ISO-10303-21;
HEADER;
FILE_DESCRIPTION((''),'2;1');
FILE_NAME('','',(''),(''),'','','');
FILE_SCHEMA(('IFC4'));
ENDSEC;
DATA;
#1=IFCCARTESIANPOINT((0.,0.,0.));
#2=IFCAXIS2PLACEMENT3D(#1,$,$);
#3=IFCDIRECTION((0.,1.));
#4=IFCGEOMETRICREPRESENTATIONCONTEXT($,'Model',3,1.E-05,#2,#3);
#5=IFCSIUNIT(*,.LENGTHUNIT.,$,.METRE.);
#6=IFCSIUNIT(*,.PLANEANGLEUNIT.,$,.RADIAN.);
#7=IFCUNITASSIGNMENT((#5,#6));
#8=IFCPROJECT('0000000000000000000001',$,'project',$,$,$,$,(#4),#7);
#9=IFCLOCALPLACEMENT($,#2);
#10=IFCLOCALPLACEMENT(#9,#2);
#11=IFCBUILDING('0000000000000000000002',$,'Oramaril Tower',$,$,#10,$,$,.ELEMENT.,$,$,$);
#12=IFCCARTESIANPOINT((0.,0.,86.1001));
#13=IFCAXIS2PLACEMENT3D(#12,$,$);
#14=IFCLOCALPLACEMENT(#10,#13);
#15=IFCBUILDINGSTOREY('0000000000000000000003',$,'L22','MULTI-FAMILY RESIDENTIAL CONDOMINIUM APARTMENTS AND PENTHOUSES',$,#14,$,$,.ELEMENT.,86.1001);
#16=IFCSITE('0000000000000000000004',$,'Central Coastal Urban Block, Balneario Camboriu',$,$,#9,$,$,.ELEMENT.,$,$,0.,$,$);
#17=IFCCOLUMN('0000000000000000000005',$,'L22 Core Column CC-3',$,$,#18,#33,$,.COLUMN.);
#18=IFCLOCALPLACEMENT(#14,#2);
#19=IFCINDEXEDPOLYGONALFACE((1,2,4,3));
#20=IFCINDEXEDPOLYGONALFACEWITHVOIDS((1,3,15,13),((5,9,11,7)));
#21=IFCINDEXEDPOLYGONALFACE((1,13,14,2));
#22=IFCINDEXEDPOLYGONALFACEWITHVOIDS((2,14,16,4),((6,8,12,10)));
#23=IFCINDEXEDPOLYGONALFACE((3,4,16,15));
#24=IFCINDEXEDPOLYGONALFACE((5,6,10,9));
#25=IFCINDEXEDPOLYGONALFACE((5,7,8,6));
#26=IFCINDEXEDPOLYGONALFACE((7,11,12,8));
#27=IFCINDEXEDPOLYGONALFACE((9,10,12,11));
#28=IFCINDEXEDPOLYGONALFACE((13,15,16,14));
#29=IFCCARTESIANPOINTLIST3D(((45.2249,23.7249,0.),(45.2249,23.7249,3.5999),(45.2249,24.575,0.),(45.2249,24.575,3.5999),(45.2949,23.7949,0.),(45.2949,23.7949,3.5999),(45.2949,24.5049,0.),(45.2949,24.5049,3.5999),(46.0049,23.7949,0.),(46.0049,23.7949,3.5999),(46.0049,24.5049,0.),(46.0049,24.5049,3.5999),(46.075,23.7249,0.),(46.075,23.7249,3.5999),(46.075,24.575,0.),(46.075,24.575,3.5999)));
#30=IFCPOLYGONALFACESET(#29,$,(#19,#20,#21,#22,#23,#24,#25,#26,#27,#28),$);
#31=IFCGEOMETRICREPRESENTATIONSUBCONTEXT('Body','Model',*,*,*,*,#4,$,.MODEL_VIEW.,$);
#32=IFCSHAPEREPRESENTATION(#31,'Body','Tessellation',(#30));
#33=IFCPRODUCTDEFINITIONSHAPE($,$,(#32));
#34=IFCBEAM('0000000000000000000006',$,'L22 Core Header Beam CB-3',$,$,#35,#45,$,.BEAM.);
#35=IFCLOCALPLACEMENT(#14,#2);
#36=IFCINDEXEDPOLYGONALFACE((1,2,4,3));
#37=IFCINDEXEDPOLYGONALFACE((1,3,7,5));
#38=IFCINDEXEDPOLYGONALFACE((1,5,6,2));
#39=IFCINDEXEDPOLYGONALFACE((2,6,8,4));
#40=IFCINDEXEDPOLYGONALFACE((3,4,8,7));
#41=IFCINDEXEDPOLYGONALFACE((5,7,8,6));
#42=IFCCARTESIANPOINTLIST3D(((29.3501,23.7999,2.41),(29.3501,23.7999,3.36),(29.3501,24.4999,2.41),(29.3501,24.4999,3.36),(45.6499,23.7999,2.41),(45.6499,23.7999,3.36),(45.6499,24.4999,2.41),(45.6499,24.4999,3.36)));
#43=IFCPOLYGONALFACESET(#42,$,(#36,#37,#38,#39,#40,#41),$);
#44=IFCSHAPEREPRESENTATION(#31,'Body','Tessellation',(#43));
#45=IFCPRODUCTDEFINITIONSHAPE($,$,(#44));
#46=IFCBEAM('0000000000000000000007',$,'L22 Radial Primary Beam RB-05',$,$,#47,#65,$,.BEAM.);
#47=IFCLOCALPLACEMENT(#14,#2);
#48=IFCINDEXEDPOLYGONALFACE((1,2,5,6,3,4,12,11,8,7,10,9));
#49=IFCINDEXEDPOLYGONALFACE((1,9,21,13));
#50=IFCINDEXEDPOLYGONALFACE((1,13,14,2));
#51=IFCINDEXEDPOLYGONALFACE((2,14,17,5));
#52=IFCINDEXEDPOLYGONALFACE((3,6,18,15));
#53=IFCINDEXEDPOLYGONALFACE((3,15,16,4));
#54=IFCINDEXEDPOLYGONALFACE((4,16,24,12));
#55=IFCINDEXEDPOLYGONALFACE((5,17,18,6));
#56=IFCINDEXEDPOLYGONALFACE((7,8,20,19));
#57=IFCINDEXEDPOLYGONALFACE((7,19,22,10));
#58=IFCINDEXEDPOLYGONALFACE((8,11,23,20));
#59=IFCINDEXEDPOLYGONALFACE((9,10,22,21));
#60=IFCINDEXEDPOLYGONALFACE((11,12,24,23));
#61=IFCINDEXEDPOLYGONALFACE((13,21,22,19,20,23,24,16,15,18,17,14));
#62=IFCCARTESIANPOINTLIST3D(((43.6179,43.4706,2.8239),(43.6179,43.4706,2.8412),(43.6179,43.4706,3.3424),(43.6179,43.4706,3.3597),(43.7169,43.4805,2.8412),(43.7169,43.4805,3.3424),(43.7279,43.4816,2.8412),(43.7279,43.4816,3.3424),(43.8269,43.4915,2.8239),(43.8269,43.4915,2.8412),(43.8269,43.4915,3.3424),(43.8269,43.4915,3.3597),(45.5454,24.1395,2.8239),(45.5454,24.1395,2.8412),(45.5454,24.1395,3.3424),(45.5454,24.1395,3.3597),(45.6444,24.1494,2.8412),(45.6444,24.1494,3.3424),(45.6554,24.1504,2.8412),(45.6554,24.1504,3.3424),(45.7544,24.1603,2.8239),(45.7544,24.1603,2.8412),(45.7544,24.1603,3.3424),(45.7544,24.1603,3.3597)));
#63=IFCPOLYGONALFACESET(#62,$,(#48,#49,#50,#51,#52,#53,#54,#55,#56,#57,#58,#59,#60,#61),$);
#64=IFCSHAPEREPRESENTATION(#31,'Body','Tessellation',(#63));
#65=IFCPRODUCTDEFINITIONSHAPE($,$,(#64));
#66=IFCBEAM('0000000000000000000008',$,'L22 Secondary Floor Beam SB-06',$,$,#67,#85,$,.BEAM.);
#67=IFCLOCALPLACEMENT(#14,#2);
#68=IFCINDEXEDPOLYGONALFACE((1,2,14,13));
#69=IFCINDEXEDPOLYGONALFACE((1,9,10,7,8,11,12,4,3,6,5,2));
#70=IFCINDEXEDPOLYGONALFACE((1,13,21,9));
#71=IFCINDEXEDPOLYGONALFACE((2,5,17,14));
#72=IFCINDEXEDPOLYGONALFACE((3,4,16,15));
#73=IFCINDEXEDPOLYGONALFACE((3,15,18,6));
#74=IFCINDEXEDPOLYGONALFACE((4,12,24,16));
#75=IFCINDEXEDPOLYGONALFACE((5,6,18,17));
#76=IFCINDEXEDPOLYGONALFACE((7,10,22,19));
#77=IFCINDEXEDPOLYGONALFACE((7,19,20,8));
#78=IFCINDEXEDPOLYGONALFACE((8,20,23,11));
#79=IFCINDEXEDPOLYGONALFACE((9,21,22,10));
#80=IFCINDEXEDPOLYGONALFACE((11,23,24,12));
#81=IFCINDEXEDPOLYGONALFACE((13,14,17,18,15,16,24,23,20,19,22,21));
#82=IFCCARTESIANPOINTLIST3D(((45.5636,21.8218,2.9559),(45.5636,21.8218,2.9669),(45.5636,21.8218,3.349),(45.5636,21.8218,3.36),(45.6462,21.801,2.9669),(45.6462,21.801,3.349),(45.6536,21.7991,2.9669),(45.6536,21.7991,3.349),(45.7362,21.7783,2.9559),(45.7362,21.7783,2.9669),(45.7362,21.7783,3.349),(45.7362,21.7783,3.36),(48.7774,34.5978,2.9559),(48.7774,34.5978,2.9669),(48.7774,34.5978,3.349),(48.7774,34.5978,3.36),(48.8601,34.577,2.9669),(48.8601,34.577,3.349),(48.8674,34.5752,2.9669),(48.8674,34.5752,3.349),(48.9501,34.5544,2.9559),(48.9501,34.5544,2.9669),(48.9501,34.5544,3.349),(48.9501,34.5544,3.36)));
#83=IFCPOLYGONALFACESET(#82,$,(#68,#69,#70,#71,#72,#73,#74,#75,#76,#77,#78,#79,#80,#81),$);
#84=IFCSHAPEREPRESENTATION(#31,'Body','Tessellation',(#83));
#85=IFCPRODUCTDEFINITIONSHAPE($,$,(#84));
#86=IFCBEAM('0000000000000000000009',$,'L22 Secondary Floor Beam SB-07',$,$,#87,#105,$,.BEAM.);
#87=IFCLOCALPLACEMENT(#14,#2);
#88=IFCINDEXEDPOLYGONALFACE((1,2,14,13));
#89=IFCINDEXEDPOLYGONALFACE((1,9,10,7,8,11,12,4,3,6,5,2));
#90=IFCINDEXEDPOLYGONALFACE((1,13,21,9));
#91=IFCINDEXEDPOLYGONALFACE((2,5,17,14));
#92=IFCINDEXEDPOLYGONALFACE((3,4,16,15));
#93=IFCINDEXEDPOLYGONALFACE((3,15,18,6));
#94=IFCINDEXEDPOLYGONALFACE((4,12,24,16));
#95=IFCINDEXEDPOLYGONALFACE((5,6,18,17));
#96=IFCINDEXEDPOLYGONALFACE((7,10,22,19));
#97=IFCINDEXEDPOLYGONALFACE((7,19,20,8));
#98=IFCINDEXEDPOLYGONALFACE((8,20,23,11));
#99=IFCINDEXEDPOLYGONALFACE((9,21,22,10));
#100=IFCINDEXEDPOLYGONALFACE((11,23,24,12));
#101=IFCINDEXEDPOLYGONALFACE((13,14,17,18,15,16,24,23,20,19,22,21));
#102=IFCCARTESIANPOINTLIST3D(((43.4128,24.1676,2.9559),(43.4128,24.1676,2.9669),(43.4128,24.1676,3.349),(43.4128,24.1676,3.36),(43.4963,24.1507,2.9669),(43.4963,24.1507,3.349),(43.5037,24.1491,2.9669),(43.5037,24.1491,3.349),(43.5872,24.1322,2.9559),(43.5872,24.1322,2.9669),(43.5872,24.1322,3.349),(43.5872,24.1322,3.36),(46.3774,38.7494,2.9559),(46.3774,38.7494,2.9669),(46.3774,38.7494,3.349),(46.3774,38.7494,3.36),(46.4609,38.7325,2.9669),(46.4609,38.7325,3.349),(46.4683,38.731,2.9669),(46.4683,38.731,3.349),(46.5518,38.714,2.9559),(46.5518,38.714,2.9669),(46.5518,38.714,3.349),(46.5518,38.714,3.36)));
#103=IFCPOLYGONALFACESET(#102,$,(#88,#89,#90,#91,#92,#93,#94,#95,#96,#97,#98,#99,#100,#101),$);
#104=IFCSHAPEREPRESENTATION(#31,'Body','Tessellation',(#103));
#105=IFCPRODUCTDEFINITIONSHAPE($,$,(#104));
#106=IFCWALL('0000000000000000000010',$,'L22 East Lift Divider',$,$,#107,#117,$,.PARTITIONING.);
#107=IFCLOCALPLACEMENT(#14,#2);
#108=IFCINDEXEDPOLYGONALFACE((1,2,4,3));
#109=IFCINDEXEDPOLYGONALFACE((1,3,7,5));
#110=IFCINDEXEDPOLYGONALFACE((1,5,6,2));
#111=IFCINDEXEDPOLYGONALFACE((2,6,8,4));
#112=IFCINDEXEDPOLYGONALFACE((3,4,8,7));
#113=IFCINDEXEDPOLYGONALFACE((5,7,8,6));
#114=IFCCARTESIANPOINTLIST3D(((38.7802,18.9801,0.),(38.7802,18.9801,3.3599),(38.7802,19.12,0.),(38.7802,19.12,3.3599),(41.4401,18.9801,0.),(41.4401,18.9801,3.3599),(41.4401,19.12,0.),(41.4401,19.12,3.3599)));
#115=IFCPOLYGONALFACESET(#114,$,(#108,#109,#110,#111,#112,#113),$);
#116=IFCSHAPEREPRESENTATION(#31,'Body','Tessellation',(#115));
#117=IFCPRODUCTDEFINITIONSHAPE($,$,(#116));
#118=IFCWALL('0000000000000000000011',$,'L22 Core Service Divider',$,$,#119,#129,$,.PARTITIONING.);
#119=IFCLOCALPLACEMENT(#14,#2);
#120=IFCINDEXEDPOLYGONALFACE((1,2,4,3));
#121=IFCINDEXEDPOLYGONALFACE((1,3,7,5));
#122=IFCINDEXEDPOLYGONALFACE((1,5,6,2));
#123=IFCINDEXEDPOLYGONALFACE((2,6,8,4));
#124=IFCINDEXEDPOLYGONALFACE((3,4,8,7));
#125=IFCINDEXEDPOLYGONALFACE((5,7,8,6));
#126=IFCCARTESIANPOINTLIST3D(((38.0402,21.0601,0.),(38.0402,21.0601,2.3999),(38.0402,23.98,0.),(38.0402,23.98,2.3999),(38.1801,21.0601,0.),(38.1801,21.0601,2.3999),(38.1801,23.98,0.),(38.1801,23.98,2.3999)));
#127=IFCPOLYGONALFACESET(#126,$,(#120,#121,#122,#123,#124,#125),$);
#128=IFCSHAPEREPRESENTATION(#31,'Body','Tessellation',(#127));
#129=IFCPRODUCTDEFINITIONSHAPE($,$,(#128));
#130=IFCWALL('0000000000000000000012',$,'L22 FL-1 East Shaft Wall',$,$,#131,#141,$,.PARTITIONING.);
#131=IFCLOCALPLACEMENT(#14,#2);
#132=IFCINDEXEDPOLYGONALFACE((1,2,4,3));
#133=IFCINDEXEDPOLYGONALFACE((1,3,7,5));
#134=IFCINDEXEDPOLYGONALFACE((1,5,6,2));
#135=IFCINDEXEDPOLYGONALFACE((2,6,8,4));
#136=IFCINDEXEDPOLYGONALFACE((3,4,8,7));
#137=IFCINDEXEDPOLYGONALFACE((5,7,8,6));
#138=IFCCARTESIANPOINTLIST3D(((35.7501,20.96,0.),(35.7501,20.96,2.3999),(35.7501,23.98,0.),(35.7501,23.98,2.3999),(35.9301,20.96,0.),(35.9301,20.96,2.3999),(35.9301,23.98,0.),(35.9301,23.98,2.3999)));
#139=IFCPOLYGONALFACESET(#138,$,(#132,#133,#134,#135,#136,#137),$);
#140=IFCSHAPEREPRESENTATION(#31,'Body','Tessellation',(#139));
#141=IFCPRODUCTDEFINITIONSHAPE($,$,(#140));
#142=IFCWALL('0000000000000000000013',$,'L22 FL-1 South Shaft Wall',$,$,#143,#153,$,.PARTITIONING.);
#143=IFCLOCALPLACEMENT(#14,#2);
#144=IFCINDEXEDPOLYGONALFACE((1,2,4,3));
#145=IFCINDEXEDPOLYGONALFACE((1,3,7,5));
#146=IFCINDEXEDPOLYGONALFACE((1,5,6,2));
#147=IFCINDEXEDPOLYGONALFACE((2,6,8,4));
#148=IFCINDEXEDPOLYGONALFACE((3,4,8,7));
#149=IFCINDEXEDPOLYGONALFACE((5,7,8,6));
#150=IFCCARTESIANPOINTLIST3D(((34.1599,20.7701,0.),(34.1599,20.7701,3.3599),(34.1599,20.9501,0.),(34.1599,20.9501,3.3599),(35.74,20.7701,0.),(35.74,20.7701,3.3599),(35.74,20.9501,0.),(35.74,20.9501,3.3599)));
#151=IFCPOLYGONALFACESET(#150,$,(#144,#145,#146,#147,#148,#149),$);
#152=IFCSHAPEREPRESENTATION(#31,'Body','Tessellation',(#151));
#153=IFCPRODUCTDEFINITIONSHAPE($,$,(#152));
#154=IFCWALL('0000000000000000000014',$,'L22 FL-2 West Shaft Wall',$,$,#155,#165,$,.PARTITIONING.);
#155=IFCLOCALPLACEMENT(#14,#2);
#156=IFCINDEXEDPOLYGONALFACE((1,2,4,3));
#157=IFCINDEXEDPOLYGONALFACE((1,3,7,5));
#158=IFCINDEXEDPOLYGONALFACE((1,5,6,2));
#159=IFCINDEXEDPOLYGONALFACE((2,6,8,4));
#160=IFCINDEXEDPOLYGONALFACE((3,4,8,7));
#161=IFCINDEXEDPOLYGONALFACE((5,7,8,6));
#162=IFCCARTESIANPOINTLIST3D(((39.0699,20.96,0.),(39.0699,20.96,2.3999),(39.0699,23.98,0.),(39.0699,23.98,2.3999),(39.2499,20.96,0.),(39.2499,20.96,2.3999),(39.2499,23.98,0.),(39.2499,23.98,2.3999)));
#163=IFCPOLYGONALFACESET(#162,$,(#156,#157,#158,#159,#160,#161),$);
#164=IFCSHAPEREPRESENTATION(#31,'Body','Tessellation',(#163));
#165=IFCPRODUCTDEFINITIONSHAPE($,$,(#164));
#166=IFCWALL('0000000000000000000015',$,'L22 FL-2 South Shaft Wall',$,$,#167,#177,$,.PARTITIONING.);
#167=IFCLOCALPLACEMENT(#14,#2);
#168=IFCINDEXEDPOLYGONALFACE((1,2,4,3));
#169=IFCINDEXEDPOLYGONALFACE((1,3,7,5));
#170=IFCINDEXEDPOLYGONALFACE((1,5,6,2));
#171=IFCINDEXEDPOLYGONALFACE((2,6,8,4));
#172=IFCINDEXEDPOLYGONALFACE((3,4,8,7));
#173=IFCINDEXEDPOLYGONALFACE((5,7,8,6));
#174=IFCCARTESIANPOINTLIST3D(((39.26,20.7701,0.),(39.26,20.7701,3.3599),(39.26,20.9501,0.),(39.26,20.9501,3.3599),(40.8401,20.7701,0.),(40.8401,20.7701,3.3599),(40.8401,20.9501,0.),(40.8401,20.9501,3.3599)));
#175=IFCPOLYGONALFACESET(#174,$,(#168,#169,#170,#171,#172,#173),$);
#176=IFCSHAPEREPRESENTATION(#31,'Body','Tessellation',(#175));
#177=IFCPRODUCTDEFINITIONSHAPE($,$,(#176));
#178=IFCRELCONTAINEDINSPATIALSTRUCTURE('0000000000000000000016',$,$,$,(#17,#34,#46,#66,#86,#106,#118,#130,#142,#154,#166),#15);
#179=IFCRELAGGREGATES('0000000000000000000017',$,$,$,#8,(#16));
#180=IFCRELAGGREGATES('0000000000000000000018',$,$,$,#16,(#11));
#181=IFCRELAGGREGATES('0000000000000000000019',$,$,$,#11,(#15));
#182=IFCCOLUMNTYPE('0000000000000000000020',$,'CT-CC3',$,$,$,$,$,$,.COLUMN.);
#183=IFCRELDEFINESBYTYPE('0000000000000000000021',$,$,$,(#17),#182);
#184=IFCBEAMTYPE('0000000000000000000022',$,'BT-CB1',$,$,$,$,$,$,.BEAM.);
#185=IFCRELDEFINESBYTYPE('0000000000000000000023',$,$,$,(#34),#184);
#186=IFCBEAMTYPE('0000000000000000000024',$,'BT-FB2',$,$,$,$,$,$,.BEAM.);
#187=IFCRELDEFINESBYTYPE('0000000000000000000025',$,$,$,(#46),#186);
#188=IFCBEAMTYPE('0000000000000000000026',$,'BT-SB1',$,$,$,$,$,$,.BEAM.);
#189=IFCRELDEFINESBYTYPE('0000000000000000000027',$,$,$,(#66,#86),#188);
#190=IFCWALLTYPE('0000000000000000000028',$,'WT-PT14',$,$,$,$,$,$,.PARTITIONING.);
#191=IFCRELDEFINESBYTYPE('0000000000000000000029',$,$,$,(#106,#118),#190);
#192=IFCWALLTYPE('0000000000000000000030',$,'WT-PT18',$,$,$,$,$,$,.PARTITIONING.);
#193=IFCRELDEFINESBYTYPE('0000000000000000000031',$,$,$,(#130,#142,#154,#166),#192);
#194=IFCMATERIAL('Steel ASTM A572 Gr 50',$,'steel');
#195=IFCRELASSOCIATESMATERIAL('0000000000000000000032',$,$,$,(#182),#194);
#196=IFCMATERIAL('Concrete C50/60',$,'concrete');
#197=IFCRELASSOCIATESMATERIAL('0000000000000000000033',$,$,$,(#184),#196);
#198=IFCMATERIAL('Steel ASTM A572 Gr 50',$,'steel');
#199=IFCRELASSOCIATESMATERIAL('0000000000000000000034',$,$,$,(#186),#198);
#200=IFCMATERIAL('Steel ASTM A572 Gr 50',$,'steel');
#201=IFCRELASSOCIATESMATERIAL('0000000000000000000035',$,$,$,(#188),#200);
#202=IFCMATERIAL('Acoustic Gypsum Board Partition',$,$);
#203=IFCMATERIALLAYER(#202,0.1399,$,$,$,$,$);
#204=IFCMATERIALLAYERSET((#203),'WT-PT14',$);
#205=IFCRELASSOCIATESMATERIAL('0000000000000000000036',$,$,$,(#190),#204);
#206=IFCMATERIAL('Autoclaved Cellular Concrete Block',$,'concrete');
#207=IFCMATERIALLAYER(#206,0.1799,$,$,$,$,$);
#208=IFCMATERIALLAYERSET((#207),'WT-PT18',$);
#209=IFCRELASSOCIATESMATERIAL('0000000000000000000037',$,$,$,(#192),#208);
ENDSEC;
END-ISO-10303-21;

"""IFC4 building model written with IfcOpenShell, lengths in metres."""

from ifc_helpers import new_model, si_unit, direction, frame, frame_2d, origin, origin_2d, place, context, subcontext, project, spatial, rectangle, hollow_rectangle, i_section, extrude, material, layer, layer_set, material_profile, profile_set, type_object, element, save


model = new_model("IFC4")

# Units and contexts
model_context = context("Model", 3, precision=1e-05, world=origin(), true_north=direction((0.0, 1.0)))
body_context = subcontext(model_context, "Body", "Model", "MODEL_VIEW")
ifc_project = project(units=[si_unit("LENGTHUNIT", "METRE"), si_unit("PLANEANGLEUNIT", "RADIAN")], contexts=[model_context])

# Site, building, storey
site_placement = place(None, origin())
site = spatial("IfcSite", under=ifc_project, at=site_placement, Name="Central Coastal Urban Block, Balneario Camboriu", CompositionType="ELEMENT", RefElevation=0.0)
building_placement = place(site_placement, origin())
building = spatial("IfcBuilding", under=site, at=building_placement, Name="Oramaril Tower", CompositionType="ELEMENT")
storey_placement = place(building_placement, frame((0.0, 0.0, 86.1001)))
storey = spatial("IfcBuildingStorey", under=building, at=storey_placement, Name="L22", Description="MULTI-FAMILY RESIDENTIAL CONDOMINIUM APARTMENTS AND PENTHOUSES", CompositionType="ELEMENT", Elevation=86.1001)

# Column
ifc_material_1 = material(Name="Steel ASTM A572 Gr 50", Category="steel")
ifc_material_profile_1 = material_profile(ifc_material_1, hollow_rectangle(XDim=0.8501, YDim=0.8501, WallThickness=0.0701, at=origin_2d()), Name="BOX850X850X70")
ifc_profile_set_1 = profile_set([ifc_material_profile_1], Name="Steel ASTM A572 Gr 50")
column_type = type_object("IfcColumnType", Name="CT-CC3", PredefinedType="COLUMN", material=ifc_profile_set_1)
column_placement = place(storey_placement, frame((45.6499, 24.1499, 0.0), z_axis=(0.0, 0.0, 1.0), x_axis=(1.0, 0.0, 0.0)))
element("IfcColumn", 1, at=column_placement, inside=storey, type_object=column_type, Name="L22 Core Column CC-3", PredefinedType="COLUMN", context=body_context, shape_type="SweptSolid", body=[
    extrude(hollow_rectangle(XDim=0.8501, YDim=0.8501, WallThickness=0.0701, at=origin_2d()), origin(), (0.0, 0.0, 1.0), 3.5999),
])

# Beams
ifc_material_2 = material(Name="Concrete C50/60", Category="concrete")
ifc_material_profile_2 = material_profile(ifc_material_2, rectangle(XDim=0.7, YDim=0.95, at=origin_2d()), Name="CB700X950")
ifc_profile_set_2 = profile_set([ifc_material_profile_2], Name="Concrete C50/60")
beam_type_1 = type_object("IfcBeamType", Name="BT-CB1", PredefinedType="BEAM", material=ifc_profile_set_2)
beam_1_placement = place(storey_placement, frame((45.6499, 24.1499, 2.885), z_axis=(-1.0, 0.0, 0.0), x_axis=(0.0, -1.0, 0.0)))
element("IfcBeam", 2, at=beam_1_placement, inside=storey, type_object=beam_type_1, Name="L22 Core Header Beam CB-3", PredefinedType="BEAM", context=body_context, shape_type="SweptSolid", body=[
    extrude(rectangle(XDim=0.7, YDim=0.95, at=origin_2d()), origin(), (0.0, 0.0, 1.0), 16.2998),
])
ifc_material_3 = material(Name="Steel ASTM A572 Gr 50", Category="steel")
ifc_material_profile_3 = material_profile(ifc_material_3, i_section(OverallWidth=0.21, OverallDepth=0.5359, WebThickness=0.011, FlangeThickness=0.0173, at=origin_2d()), Name="W21X68")
ifc_profile_set_3 = profile_set([ifc_material_profile_3], Name="Steel ASTM A572 Gr 50")
beam_type_2 = type_object("IfcBeamType", Name="BT-FB2", PredefinedType="BEAM", material=ifc_profile_set_3)
beam_2_placement = place(storey_placement, frame((45.6499, 24.1499, 3.0918), z_axis=(-0.099218, 0.995066, 0.0), x_axis=(-0.995066, -0.099218, 0.0)))
element("IfcBeam", 3, at=beam_2_placement, inside=storey, type_object=beam_type_2, Name="L22 Radial Primary Beam RB-05", PredefinedType="BEAM", context=body_context, shape_type="SweptSolid", body=[
    extrude(i_section(OverallWidth=0.21, OverallDepth=0.5359, WebThickness=0.011, FlangeThickness=0.0173, at=origin_2d()), origin(), (0.0, 0.0, 1.0), 19.427),
])
ifc_material_4 = material(Name="Steel ASTM A572 Gr 50", Category="steel")
ifc_material_profile_4 = material_profile(ifc_material_4, i_section(OverallWidth=0.178, OverallDepth=0.4041, WebThickness=0.0076, FlangeThickness=0.011, at=origin_2d()), Name="W16X36")
ifc_profile_set_4 = profile_set([ifc_material_profile_4], Name="Steel ASTM A572 Gr 50")
beam_type_3 = type_object("IfcBeamType", Name="BT-SB1", PredefinedType="BEAM", material=ifc_profile_set_4)
beam_3_placement = place(storey_placement, frame((45.6499, 21.8, 3.158), z_axis=(0.243953, 0.969787, 0.0), x_axis=(-0.969787, 0.243953, 0.0)))
element("IfcBeam", 4, at=beam_3_placement, inside=storey, type_object=beam_type_3, Name="L22 Secondary Floor Beam SB-06", PredefinedType="BEAM", context=body_context, shape_type="SweptSolid", body=[
    extrude(i_section(OverallWidth=0.178, OverallDepth=0.4041, WebThickness=0.0076, FlangeThickness=0.011, at=origin_2d()), origin(), (0.0, 0.0, 1.0), 13.1741),
])
beam_4_placement = place(storey_placement, frame((43.5, 24.1499, 3.158), z_axis=(0.199233, 0.979952, 0.0), x_axis=(-0.979952, 0.199233, 0.0)))
element("IfcBeam", 5, at=beam_4_placement, inside=storey, type_object=beam_type_3, Name="L22 Secondary Floor Beam SB-07", PredefinedType="BEAM", context=body_context, shape_type="SweptSolid", body=[
    extrude(i_section(OverallWidth=0.178, OverallDepth=0.4041, WebThickness=0.0076, FlangeThickness=0.011, at=origin_2d()), origin(), (0.0, 0.0, 1.0), 14.8801),
])

# Walls
ifc_material_5 = material(Name="Acoustic Gypsum Board Partition")
ifc_layer_1 = layer(ifc_material_5, 0.1399)
ifc_layer_set_1 = layer_set([ifc_layer_1], Name="WT-PT14")
wall_type_1 = type_object("IfcWallType", Name="WT-PT14", PredefinedType="PARTITIONING", material=ifc_layer_set_1)
wall_1_placement = place(storey_placement, frame((38.78, 19.05, 0.0), z_axis=(0.0, 0.0, 1.0), x_axis=(1.0, 0.0, 0.0)))
element("IfcWall", 6, at=wall_1_placement, inside=storey, type_object=wall_type_1, Name="L22 East Lift Divider", PredefinedType="PARTITIONING", context=body_context, shape_type="SweptSolid", body=[
    extrude(rectangle(XDim=2.6599, YDim=0.1399, at=frame_2d((1.3301, 0.0))), origin(), (0.0, 0.0, 1.0), 3.3599),
])
wall_2_placement = place(storey_placement, frame((38.1101, 21.0601, 0.0), z_axis=(0.0, 0.0, 1.0), x_axis=(0.0, 1.0, 0.0)))
element("IfcWall", 7, at=wall_2_placement, inside=storey, type_object=wall_type_1, Name="L22 Core Service Divider", PredefinedType="PARTITIONING", context=body_context, shape_type="SweptSolid", body=[
    extrude(rectangle(XDim=2.9199, YDim=0.1399, at=frame_2d((1.46, 0.0))), origin(), (0.0, 0.0, 1.0), 2.3999),
])

# Walls
ifc_material_6 = material(Name="Autoclaved Cellular Concrete Block", Category="concrete")
ifc_layer_2 = layer(ifc_material_6, 0.1799)
ifc_layer_set_2 = layer_set([ifc_layer_2], Name="WT-PT18")
wall_type_2 = type_object("IfcWallType", Name="WT-PT18", PredefinedType="PARTITIONING", material=ifc_layer_set_2)
wall_3_placement = place(storey_placement, frame((35.8401, 20.96, 0.0), z_axis=(0.0, 0.0, 1.0), x_axis=(0.0, 1.0, 0.0)))
element("IfcWall", 8, at=wall_3_placement, inside=storey, type_object=wall_type_2, Name="L22 FL-1 East Shaft Wall", PredefinedType="PARTITIONING", context=body_context, shape_type="SweptSolid", body=[
    extrude(rectangle(XDim=3.02, YDim=0.1799, at=frame_2d((1.51, 0.0))), origin(), (0.0, 0.0, 1.0), 2.3999),
])
wall_4_placement = place(storey_placement, frame((34.1599, 20.8601, 0.0), z_axis=(0.0, 0.0, 1.0), x_axis=(1.0, 0.0, 0.0)))
element("IfcWall", 9, at=wall_4_placement, inside=storey, type_object=wall_type_2, Name="L22 FL-1 South Shaft Wall", PredefinedType="PARTITIONING", context=body_context, shape_type="SweptSolid", body=[
    extrude(rectangle(XDim=1.5801, YDim=0.1799, at=frame_2d((0.79, 0.0))), origin(), (0.0, 0.0, 1.0), 3.3599),
])
wall_5_placement = place(storey_placement, frame((39.1599, 20.96, 0.0), z_axis=(0.0, 0.0, 1.0), x_axis=(0.0, 1.0, 0.0)))
element("IfcWall", 10, at=wall_5_placement, inside=storey, type_object=wall_type_2, Name="L22 FL-2 West Shaft Wall", PredefinedType="PARTITIONING", context=body_context, shape_type="SweptSolid", body=[
    extrude(rectangle(XDim=3.02, YDim=0.1799, at=frame_2d((1.51, 0.0))), origin(), (0.0, 0.0, 1.0), 2.3999),
])
wall_6_placement = place(storey_placement, frame((39.26, 20.8601, 0.0), z_axis=(0.0, 0.0, 1.0), x_axis=(1.0, 0.0, 0.0)))
element("IfcWall", 11, at=wall_6_placement, inside=storey, type_object=wall_type_2, Name="L22 FL-2 South Shaft Wall", PredefinedType="PARTITIONING", context=body_context, shape_type="SweptSolid", body=[
    extrude(rectangle(XDim=1.5801, YDim=0.1799, at=frame_2d((0.79, 0.0))), origin(), (0.0, 0.0, 1.0), 3.3599),
])

save(model, "model.ifc")
